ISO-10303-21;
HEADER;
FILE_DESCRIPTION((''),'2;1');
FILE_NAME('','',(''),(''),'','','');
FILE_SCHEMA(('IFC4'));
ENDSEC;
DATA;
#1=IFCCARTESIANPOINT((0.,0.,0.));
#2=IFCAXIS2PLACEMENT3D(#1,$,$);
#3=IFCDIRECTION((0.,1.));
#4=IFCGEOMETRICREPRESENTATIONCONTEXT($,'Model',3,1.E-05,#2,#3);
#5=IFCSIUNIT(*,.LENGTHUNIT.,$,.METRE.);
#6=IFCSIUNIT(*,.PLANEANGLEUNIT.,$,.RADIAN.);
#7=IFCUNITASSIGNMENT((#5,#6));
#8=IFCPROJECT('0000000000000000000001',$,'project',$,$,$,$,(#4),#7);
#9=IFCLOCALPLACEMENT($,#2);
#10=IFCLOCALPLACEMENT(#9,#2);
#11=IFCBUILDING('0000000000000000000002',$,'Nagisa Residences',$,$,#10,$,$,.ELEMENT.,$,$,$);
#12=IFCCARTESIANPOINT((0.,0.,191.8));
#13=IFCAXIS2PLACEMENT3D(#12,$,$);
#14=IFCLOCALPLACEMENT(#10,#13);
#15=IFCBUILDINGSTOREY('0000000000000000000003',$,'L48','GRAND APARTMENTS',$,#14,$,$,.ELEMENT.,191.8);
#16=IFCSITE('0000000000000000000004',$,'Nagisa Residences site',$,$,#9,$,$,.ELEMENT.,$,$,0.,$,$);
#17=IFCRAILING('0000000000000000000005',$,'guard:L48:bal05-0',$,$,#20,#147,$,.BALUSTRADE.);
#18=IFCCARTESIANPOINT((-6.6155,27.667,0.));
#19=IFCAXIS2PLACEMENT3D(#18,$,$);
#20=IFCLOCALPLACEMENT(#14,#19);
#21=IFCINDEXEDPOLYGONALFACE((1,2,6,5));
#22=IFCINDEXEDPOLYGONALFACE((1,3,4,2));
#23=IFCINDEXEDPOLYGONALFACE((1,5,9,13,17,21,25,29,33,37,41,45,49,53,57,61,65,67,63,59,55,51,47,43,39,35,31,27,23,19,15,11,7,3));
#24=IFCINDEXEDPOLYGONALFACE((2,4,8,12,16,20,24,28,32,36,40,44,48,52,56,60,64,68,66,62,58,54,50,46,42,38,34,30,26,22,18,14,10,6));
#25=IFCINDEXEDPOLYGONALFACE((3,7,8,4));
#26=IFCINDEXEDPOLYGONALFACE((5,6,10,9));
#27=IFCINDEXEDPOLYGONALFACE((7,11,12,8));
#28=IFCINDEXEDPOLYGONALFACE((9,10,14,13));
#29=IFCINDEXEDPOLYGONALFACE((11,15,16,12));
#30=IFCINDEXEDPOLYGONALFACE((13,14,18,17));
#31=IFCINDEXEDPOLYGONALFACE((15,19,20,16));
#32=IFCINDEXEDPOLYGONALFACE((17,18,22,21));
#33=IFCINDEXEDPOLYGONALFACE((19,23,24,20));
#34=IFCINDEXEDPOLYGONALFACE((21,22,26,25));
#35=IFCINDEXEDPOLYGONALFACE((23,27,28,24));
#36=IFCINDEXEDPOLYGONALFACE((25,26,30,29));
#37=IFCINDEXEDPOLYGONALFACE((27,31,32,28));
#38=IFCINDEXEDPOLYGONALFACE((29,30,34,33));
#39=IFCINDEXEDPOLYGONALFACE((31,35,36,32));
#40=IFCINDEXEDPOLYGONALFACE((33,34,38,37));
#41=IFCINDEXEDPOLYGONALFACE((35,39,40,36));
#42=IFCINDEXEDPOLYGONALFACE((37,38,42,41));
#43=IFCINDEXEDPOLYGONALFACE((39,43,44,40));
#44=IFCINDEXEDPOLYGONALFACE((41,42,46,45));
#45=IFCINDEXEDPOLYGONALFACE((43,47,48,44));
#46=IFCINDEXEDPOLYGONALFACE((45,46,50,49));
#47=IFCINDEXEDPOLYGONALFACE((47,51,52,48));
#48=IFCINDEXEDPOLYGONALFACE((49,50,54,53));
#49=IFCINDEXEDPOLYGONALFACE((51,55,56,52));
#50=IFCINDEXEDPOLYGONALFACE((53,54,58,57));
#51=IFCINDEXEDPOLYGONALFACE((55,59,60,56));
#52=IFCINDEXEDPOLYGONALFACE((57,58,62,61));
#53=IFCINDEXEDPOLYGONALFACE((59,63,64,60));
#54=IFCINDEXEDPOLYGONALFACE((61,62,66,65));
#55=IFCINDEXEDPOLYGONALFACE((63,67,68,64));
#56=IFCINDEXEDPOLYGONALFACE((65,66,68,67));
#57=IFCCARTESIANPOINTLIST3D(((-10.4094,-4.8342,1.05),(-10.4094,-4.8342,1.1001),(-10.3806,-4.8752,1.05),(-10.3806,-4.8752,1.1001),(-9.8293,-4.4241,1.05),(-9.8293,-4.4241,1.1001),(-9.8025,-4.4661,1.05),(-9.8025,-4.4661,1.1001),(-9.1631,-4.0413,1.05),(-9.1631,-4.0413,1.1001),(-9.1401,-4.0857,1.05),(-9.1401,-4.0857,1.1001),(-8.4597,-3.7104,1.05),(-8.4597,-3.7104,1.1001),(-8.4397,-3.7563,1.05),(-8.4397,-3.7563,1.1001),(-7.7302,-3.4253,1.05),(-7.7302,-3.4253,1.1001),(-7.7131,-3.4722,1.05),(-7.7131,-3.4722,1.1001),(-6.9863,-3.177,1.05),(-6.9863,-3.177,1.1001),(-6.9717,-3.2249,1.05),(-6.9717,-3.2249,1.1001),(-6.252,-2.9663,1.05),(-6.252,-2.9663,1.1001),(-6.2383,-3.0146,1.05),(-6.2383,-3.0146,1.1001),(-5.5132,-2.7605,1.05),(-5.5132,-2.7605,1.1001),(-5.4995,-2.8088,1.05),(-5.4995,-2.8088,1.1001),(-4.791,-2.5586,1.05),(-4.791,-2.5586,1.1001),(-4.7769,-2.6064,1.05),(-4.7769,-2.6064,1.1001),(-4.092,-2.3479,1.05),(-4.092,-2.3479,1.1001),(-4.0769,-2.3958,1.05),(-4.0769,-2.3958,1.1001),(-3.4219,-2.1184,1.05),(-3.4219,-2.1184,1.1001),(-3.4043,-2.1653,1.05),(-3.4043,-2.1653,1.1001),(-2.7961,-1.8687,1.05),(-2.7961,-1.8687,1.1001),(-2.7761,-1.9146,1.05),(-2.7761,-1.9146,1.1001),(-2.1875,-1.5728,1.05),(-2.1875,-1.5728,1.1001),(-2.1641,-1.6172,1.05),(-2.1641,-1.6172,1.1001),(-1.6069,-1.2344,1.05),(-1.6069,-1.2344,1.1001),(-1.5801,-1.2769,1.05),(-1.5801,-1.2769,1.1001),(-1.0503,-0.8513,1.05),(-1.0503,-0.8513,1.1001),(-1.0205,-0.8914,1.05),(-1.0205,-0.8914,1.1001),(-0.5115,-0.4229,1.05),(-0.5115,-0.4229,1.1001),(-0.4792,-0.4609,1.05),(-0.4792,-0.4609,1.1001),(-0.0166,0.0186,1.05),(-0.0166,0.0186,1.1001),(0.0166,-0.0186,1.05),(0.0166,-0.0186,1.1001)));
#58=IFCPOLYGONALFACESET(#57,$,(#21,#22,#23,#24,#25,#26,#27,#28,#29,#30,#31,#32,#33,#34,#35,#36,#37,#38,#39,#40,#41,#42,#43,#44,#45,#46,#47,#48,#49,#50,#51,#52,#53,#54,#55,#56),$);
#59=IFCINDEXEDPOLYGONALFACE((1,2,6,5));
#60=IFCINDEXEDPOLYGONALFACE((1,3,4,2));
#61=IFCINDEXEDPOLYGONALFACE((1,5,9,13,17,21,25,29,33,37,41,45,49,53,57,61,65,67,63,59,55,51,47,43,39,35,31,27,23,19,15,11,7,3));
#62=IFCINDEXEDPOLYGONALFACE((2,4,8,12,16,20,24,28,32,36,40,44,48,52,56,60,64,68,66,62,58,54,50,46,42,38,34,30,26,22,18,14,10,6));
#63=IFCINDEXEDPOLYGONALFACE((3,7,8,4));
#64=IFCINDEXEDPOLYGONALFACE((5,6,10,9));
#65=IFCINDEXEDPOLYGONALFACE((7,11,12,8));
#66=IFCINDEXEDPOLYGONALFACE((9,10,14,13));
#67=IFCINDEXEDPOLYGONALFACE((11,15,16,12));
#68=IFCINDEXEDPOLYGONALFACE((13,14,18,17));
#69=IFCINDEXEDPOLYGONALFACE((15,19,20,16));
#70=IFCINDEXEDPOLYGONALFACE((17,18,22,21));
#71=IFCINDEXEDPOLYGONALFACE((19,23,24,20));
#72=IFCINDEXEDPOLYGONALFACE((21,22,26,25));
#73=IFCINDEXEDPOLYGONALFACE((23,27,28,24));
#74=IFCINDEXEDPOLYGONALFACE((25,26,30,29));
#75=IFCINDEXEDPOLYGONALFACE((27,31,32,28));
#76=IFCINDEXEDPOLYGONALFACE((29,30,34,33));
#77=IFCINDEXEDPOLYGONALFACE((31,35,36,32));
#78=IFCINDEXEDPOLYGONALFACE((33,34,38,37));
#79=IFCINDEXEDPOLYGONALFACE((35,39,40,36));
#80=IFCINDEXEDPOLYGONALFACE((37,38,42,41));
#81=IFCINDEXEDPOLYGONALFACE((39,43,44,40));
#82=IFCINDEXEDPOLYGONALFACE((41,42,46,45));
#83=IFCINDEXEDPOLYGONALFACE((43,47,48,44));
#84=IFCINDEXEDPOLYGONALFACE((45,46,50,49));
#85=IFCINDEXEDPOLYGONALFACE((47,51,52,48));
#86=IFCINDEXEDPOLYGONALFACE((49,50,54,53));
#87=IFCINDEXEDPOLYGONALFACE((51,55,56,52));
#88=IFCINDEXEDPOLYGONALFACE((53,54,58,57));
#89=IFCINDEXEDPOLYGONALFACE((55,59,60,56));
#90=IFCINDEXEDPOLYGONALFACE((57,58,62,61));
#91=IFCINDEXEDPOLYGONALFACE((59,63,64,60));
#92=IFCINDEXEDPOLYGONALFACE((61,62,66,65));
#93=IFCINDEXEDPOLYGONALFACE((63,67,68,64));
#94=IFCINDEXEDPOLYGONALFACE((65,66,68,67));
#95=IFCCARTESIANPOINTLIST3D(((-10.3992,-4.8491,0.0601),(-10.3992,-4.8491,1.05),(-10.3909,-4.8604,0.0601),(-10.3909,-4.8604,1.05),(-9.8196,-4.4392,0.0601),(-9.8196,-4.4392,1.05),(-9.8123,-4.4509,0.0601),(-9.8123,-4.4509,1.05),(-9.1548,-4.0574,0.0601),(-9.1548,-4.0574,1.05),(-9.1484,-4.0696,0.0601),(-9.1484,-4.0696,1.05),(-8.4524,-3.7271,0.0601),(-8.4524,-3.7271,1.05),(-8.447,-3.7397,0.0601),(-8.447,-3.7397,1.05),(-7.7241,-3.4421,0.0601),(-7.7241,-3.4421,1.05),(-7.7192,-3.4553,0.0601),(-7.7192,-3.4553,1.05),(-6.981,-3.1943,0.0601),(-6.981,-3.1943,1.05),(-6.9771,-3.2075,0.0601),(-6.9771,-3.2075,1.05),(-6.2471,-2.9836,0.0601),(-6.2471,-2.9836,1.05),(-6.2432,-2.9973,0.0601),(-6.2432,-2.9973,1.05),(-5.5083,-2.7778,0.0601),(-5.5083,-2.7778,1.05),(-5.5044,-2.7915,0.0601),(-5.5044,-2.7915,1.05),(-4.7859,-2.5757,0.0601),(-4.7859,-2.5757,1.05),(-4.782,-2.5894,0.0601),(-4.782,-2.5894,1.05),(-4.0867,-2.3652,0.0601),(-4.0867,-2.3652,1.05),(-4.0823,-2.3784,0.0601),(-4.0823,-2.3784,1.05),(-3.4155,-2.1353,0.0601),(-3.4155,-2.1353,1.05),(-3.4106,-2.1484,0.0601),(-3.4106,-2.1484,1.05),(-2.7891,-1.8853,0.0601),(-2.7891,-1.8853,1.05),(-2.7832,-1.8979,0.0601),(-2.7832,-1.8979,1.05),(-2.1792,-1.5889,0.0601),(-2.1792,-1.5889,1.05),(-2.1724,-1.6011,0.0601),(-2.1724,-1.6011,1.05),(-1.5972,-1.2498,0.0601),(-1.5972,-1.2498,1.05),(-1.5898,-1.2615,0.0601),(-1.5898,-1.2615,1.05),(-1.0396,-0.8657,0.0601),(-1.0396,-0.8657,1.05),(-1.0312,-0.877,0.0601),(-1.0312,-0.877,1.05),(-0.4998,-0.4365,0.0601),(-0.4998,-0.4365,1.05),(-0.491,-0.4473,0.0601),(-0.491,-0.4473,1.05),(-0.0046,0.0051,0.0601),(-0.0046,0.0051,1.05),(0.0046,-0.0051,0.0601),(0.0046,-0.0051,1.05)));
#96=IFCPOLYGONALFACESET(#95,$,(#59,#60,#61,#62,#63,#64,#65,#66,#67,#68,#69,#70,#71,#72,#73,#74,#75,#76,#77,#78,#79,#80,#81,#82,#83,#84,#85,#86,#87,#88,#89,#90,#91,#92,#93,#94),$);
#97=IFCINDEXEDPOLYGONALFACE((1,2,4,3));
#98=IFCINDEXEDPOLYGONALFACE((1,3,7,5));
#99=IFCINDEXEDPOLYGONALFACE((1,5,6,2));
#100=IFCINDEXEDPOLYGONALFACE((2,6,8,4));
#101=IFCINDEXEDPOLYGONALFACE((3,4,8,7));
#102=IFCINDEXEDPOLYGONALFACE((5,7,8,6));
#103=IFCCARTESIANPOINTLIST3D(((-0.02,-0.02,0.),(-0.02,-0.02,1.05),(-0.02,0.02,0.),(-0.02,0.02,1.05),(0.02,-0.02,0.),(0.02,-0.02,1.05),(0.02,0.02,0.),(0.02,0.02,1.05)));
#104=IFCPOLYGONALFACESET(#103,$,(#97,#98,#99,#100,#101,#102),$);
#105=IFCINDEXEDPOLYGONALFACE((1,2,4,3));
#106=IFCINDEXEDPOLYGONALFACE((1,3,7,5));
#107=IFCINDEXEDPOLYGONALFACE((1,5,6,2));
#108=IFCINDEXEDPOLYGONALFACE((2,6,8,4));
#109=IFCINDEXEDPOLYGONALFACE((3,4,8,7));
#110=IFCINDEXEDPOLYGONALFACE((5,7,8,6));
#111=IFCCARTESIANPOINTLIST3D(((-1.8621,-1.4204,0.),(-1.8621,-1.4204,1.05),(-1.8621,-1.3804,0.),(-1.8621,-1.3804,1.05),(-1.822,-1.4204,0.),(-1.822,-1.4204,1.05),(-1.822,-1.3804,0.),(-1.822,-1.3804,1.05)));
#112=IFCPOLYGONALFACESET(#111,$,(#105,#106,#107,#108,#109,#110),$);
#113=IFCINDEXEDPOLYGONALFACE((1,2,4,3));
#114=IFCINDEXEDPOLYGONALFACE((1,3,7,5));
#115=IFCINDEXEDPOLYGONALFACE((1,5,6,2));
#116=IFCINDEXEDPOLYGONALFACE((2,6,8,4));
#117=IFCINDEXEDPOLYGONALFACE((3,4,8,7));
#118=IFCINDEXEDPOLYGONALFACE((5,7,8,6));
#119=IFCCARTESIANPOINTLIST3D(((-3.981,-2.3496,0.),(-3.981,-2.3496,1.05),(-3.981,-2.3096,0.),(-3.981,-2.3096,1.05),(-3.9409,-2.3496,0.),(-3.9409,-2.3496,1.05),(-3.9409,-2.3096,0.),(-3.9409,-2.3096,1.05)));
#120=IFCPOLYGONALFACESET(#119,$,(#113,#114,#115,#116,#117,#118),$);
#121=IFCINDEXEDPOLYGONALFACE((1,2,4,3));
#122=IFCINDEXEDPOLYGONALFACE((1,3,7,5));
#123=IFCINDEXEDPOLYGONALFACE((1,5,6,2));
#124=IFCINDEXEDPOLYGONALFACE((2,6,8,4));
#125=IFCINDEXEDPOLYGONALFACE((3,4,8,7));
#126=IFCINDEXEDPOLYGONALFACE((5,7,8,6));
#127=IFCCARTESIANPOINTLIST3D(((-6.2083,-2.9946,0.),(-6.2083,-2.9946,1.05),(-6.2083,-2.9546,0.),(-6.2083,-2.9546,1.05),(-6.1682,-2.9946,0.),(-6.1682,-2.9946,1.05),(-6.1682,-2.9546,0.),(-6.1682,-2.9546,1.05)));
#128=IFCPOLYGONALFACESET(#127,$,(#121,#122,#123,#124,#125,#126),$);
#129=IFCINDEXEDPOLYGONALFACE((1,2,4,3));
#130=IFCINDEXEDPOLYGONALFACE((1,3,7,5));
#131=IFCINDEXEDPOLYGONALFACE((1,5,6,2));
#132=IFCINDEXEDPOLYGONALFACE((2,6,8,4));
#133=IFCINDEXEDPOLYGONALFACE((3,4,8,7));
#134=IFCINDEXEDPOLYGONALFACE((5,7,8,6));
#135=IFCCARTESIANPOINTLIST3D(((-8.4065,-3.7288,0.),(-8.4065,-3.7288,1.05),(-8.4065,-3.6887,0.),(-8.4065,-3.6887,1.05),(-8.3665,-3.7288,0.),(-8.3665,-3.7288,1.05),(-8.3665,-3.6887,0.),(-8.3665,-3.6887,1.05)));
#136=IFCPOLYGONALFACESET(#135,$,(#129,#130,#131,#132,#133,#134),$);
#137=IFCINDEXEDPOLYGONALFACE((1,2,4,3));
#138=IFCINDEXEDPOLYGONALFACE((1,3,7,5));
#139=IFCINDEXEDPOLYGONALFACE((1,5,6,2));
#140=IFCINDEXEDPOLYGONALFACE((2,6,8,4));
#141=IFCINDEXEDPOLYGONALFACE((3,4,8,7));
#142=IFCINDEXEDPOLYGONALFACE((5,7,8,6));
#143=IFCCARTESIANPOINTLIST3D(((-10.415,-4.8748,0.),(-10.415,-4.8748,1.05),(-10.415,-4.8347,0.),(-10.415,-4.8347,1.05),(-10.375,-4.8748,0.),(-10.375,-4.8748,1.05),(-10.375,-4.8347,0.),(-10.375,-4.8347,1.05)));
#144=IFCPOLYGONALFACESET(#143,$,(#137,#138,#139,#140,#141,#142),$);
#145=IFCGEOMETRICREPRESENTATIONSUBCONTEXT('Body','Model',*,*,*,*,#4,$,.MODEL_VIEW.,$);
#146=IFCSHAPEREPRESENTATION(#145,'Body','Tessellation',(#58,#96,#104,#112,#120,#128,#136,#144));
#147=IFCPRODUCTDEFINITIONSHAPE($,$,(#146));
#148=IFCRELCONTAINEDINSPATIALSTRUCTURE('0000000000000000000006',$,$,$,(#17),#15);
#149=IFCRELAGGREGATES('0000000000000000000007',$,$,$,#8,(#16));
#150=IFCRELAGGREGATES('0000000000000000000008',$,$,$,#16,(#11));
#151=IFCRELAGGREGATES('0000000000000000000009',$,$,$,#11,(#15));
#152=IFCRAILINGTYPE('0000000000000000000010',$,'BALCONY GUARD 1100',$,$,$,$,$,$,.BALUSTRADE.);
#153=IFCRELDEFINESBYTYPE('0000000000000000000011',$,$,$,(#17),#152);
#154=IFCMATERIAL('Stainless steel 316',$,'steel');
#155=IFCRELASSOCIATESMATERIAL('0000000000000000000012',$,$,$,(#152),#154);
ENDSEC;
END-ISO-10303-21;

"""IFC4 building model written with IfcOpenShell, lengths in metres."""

from ifc_helpers import new_model, si_unit, direction, frame, origin, origin_2d, place, context, subcontext, project, spatial, polyline, rectangle, outline, extrude, material, type_object, element, save


model = new_model("IFC4")

# Units and contexts
model_context = context("Model", 3, precision=1e-05, world=origin(), true_north=direction((0.0, 1.0)))
body_context = subcontext(model_context, "Body", "Model", "MODEL_VIEW")
ifc_project = project(units=[si_unit("LENGTHUNIT", "METRE"), si_unit("PLANEANGLEUNIT", "RADIAN")], contexts=[model_context])

# Site, building, storey
site_placement = place(None, origin())
site = spatial("IfcSite", under=ifc_project, at=site_placement, Name="Nagisa Residences site", CompositionType="ELEMENT", RefElevation=0.0)
building_placement = place(site_placement, origin())
building = spatial("IfcBuilding", under=site, at=building_placement, Name="Nagisa Residences", CompositionType="ELEMENT")
storey_placement = place(building_placement, frame((0.0, 0.0, 191.8)))
storey = spatial("IfcBuildingStorey", under=building, at=storey_placement, Name="L48", Description="GRAND APARTMENTS", CompositionType="ELEMENT", Elevation=191.8)

# Railing
ifc_material_1 = material(Name="Stainless steel 316", Category="steel")
railing_type = type_object("IfcRailingType", Name="BALCONY GUARD 1100", PredefinedType="BALUSTRADE", material=ifc_material_1)
railing_placement = place(storey_placement, frame((-6.6155, 27.667, 0.0)))
element("IfcRailing", 1, at=railing_placement, inside=storey, type_object=railing_type, Name="guard:L48:bal05-0", PredefinedType="BALUSTRADE", context=body_context, shape_type="SweptSolid", body=[
    extrude(outline(polyline([(-0.4792, -0.4609), (0.0166, -0.0186), (-0.0166, 0.0186), (-0.5115, -0.4229), (-1.0503, -0.8513), (-1.6069, -1.2344), (-2.1875, -1.5728), (-2.7961, -1.8687), (-3.4219, -2.1184), (-4.092, -2.3479), (-4.791, -2.5586), (-5.5132, -2.7605), (-6.252, -2.9663), (-6.9863, -3.177), (-7.7302, -3.4253), (-8.4597, -3.7104), (-9.1631, -4.0413), (-9.8293, -4.4241), (-10.4094, -4.8342), (-10.3806, -4.8752), (-9.8025, -4.4661), (-9.1401, -4.0857), (-8.4397, -3.7563), (-7.7131, -3.4722), (-6.9717, -3.2249), (-6.2383, -3.0146), (-5.4995, -2.8088), (-4.7769, -2.6064), (-4.0769, -2.3958), (-3.4043, -2.1653), (-2.7761, -1.9146), (-2.1641, -1.6172), (-1.5801, -1.2769), (-1.0205, -0.8914), (-0.4792, -0.4609)])), frame((0.0, 0.0, 1.05)), (0.0, 0.0, 1.0), 0.05),
    extrude(outline(polyline([(-0.491, -0.4473), (0.0046, -0.0051), (-0.0046, 0.0051), (-0.4998, -0.4365), (-1.0396, -0.8657), (-1.5972, -1.2498), (-2.1792, -1.5889), (-2.7891, -1.8853), (-3.4155, -2.1353), (-4.0867, -2.3652), (-4.7859, -2.5757), (-5.5083, -2.7778), (-6.2471, -2.9836), (-6.981, -3.1943), (-7.7241, -3.4421), (-8.4524, -3.7271), (-9.1548, -4.0574), (-9.8196, -4.4392), (-10.3992, -4.8491), (-10.3909, -4.8604), (-9.8123, -4.4509), (-9.1484, -4.0696), (-8.447, -3.7397), (-7.7192, -3.4553), (-6.9771, -3.2075), (-6.2432, -2.9973), (-5.5044, -2.7915), (-4.782, -2.5894), (-4.0823, -2.3784), (-3.4106, -2.1484), (-2.7832, -1.8979), (-2.1724, -1.6011), (-1.5898, -1.2615), (-1.0312, -0.877), (-0.491, -0.4473)])), frame((0.0, 0.0, 0.0601)), (0.0, 0.0, 1.0), 0.99),
    extrude(rectangle(XDim=0.04, YDim=0.04, at=origin_2d()), origin(), (0.0, 0.0, 1.0), 1.05),
    extrude(rectangle(XDim=0.04, YDim=0.04, at=origin_2d()), frame((-1.842, -1.4004, 0.0)), (0.0, 0.0, 1.0), 1.05),
    extrude(rectangle(XDim=0.04, YDim=0.04, at=origin_2d()), frame((-3.9609, -2.3296, 0.0)), (0.0, 0.0, 1.0), 1.05),
    extrude(rectangle(XDim=0.04, YDim=0.04, at=origin_2d()), frame((-6.1882, -2.9746, 0.0)), (0.0, 0.0, 1.0), 1.05),
    extrude(rectangle(XDim=0.04, YDim=0.04, at=origin_2d()), frame((-8.3865, -3.7087, 0.0)), (0.0, 0.0, 1.0), 1.05),
    extrude(rectangle(XDim=0.04, YDim=0.04, at=origin_2d()), frame((-10.395, -4.8547, 0.0)), (0.0, 0.0, 1.0), 1.05),
])

save(model, "model.ifc")
